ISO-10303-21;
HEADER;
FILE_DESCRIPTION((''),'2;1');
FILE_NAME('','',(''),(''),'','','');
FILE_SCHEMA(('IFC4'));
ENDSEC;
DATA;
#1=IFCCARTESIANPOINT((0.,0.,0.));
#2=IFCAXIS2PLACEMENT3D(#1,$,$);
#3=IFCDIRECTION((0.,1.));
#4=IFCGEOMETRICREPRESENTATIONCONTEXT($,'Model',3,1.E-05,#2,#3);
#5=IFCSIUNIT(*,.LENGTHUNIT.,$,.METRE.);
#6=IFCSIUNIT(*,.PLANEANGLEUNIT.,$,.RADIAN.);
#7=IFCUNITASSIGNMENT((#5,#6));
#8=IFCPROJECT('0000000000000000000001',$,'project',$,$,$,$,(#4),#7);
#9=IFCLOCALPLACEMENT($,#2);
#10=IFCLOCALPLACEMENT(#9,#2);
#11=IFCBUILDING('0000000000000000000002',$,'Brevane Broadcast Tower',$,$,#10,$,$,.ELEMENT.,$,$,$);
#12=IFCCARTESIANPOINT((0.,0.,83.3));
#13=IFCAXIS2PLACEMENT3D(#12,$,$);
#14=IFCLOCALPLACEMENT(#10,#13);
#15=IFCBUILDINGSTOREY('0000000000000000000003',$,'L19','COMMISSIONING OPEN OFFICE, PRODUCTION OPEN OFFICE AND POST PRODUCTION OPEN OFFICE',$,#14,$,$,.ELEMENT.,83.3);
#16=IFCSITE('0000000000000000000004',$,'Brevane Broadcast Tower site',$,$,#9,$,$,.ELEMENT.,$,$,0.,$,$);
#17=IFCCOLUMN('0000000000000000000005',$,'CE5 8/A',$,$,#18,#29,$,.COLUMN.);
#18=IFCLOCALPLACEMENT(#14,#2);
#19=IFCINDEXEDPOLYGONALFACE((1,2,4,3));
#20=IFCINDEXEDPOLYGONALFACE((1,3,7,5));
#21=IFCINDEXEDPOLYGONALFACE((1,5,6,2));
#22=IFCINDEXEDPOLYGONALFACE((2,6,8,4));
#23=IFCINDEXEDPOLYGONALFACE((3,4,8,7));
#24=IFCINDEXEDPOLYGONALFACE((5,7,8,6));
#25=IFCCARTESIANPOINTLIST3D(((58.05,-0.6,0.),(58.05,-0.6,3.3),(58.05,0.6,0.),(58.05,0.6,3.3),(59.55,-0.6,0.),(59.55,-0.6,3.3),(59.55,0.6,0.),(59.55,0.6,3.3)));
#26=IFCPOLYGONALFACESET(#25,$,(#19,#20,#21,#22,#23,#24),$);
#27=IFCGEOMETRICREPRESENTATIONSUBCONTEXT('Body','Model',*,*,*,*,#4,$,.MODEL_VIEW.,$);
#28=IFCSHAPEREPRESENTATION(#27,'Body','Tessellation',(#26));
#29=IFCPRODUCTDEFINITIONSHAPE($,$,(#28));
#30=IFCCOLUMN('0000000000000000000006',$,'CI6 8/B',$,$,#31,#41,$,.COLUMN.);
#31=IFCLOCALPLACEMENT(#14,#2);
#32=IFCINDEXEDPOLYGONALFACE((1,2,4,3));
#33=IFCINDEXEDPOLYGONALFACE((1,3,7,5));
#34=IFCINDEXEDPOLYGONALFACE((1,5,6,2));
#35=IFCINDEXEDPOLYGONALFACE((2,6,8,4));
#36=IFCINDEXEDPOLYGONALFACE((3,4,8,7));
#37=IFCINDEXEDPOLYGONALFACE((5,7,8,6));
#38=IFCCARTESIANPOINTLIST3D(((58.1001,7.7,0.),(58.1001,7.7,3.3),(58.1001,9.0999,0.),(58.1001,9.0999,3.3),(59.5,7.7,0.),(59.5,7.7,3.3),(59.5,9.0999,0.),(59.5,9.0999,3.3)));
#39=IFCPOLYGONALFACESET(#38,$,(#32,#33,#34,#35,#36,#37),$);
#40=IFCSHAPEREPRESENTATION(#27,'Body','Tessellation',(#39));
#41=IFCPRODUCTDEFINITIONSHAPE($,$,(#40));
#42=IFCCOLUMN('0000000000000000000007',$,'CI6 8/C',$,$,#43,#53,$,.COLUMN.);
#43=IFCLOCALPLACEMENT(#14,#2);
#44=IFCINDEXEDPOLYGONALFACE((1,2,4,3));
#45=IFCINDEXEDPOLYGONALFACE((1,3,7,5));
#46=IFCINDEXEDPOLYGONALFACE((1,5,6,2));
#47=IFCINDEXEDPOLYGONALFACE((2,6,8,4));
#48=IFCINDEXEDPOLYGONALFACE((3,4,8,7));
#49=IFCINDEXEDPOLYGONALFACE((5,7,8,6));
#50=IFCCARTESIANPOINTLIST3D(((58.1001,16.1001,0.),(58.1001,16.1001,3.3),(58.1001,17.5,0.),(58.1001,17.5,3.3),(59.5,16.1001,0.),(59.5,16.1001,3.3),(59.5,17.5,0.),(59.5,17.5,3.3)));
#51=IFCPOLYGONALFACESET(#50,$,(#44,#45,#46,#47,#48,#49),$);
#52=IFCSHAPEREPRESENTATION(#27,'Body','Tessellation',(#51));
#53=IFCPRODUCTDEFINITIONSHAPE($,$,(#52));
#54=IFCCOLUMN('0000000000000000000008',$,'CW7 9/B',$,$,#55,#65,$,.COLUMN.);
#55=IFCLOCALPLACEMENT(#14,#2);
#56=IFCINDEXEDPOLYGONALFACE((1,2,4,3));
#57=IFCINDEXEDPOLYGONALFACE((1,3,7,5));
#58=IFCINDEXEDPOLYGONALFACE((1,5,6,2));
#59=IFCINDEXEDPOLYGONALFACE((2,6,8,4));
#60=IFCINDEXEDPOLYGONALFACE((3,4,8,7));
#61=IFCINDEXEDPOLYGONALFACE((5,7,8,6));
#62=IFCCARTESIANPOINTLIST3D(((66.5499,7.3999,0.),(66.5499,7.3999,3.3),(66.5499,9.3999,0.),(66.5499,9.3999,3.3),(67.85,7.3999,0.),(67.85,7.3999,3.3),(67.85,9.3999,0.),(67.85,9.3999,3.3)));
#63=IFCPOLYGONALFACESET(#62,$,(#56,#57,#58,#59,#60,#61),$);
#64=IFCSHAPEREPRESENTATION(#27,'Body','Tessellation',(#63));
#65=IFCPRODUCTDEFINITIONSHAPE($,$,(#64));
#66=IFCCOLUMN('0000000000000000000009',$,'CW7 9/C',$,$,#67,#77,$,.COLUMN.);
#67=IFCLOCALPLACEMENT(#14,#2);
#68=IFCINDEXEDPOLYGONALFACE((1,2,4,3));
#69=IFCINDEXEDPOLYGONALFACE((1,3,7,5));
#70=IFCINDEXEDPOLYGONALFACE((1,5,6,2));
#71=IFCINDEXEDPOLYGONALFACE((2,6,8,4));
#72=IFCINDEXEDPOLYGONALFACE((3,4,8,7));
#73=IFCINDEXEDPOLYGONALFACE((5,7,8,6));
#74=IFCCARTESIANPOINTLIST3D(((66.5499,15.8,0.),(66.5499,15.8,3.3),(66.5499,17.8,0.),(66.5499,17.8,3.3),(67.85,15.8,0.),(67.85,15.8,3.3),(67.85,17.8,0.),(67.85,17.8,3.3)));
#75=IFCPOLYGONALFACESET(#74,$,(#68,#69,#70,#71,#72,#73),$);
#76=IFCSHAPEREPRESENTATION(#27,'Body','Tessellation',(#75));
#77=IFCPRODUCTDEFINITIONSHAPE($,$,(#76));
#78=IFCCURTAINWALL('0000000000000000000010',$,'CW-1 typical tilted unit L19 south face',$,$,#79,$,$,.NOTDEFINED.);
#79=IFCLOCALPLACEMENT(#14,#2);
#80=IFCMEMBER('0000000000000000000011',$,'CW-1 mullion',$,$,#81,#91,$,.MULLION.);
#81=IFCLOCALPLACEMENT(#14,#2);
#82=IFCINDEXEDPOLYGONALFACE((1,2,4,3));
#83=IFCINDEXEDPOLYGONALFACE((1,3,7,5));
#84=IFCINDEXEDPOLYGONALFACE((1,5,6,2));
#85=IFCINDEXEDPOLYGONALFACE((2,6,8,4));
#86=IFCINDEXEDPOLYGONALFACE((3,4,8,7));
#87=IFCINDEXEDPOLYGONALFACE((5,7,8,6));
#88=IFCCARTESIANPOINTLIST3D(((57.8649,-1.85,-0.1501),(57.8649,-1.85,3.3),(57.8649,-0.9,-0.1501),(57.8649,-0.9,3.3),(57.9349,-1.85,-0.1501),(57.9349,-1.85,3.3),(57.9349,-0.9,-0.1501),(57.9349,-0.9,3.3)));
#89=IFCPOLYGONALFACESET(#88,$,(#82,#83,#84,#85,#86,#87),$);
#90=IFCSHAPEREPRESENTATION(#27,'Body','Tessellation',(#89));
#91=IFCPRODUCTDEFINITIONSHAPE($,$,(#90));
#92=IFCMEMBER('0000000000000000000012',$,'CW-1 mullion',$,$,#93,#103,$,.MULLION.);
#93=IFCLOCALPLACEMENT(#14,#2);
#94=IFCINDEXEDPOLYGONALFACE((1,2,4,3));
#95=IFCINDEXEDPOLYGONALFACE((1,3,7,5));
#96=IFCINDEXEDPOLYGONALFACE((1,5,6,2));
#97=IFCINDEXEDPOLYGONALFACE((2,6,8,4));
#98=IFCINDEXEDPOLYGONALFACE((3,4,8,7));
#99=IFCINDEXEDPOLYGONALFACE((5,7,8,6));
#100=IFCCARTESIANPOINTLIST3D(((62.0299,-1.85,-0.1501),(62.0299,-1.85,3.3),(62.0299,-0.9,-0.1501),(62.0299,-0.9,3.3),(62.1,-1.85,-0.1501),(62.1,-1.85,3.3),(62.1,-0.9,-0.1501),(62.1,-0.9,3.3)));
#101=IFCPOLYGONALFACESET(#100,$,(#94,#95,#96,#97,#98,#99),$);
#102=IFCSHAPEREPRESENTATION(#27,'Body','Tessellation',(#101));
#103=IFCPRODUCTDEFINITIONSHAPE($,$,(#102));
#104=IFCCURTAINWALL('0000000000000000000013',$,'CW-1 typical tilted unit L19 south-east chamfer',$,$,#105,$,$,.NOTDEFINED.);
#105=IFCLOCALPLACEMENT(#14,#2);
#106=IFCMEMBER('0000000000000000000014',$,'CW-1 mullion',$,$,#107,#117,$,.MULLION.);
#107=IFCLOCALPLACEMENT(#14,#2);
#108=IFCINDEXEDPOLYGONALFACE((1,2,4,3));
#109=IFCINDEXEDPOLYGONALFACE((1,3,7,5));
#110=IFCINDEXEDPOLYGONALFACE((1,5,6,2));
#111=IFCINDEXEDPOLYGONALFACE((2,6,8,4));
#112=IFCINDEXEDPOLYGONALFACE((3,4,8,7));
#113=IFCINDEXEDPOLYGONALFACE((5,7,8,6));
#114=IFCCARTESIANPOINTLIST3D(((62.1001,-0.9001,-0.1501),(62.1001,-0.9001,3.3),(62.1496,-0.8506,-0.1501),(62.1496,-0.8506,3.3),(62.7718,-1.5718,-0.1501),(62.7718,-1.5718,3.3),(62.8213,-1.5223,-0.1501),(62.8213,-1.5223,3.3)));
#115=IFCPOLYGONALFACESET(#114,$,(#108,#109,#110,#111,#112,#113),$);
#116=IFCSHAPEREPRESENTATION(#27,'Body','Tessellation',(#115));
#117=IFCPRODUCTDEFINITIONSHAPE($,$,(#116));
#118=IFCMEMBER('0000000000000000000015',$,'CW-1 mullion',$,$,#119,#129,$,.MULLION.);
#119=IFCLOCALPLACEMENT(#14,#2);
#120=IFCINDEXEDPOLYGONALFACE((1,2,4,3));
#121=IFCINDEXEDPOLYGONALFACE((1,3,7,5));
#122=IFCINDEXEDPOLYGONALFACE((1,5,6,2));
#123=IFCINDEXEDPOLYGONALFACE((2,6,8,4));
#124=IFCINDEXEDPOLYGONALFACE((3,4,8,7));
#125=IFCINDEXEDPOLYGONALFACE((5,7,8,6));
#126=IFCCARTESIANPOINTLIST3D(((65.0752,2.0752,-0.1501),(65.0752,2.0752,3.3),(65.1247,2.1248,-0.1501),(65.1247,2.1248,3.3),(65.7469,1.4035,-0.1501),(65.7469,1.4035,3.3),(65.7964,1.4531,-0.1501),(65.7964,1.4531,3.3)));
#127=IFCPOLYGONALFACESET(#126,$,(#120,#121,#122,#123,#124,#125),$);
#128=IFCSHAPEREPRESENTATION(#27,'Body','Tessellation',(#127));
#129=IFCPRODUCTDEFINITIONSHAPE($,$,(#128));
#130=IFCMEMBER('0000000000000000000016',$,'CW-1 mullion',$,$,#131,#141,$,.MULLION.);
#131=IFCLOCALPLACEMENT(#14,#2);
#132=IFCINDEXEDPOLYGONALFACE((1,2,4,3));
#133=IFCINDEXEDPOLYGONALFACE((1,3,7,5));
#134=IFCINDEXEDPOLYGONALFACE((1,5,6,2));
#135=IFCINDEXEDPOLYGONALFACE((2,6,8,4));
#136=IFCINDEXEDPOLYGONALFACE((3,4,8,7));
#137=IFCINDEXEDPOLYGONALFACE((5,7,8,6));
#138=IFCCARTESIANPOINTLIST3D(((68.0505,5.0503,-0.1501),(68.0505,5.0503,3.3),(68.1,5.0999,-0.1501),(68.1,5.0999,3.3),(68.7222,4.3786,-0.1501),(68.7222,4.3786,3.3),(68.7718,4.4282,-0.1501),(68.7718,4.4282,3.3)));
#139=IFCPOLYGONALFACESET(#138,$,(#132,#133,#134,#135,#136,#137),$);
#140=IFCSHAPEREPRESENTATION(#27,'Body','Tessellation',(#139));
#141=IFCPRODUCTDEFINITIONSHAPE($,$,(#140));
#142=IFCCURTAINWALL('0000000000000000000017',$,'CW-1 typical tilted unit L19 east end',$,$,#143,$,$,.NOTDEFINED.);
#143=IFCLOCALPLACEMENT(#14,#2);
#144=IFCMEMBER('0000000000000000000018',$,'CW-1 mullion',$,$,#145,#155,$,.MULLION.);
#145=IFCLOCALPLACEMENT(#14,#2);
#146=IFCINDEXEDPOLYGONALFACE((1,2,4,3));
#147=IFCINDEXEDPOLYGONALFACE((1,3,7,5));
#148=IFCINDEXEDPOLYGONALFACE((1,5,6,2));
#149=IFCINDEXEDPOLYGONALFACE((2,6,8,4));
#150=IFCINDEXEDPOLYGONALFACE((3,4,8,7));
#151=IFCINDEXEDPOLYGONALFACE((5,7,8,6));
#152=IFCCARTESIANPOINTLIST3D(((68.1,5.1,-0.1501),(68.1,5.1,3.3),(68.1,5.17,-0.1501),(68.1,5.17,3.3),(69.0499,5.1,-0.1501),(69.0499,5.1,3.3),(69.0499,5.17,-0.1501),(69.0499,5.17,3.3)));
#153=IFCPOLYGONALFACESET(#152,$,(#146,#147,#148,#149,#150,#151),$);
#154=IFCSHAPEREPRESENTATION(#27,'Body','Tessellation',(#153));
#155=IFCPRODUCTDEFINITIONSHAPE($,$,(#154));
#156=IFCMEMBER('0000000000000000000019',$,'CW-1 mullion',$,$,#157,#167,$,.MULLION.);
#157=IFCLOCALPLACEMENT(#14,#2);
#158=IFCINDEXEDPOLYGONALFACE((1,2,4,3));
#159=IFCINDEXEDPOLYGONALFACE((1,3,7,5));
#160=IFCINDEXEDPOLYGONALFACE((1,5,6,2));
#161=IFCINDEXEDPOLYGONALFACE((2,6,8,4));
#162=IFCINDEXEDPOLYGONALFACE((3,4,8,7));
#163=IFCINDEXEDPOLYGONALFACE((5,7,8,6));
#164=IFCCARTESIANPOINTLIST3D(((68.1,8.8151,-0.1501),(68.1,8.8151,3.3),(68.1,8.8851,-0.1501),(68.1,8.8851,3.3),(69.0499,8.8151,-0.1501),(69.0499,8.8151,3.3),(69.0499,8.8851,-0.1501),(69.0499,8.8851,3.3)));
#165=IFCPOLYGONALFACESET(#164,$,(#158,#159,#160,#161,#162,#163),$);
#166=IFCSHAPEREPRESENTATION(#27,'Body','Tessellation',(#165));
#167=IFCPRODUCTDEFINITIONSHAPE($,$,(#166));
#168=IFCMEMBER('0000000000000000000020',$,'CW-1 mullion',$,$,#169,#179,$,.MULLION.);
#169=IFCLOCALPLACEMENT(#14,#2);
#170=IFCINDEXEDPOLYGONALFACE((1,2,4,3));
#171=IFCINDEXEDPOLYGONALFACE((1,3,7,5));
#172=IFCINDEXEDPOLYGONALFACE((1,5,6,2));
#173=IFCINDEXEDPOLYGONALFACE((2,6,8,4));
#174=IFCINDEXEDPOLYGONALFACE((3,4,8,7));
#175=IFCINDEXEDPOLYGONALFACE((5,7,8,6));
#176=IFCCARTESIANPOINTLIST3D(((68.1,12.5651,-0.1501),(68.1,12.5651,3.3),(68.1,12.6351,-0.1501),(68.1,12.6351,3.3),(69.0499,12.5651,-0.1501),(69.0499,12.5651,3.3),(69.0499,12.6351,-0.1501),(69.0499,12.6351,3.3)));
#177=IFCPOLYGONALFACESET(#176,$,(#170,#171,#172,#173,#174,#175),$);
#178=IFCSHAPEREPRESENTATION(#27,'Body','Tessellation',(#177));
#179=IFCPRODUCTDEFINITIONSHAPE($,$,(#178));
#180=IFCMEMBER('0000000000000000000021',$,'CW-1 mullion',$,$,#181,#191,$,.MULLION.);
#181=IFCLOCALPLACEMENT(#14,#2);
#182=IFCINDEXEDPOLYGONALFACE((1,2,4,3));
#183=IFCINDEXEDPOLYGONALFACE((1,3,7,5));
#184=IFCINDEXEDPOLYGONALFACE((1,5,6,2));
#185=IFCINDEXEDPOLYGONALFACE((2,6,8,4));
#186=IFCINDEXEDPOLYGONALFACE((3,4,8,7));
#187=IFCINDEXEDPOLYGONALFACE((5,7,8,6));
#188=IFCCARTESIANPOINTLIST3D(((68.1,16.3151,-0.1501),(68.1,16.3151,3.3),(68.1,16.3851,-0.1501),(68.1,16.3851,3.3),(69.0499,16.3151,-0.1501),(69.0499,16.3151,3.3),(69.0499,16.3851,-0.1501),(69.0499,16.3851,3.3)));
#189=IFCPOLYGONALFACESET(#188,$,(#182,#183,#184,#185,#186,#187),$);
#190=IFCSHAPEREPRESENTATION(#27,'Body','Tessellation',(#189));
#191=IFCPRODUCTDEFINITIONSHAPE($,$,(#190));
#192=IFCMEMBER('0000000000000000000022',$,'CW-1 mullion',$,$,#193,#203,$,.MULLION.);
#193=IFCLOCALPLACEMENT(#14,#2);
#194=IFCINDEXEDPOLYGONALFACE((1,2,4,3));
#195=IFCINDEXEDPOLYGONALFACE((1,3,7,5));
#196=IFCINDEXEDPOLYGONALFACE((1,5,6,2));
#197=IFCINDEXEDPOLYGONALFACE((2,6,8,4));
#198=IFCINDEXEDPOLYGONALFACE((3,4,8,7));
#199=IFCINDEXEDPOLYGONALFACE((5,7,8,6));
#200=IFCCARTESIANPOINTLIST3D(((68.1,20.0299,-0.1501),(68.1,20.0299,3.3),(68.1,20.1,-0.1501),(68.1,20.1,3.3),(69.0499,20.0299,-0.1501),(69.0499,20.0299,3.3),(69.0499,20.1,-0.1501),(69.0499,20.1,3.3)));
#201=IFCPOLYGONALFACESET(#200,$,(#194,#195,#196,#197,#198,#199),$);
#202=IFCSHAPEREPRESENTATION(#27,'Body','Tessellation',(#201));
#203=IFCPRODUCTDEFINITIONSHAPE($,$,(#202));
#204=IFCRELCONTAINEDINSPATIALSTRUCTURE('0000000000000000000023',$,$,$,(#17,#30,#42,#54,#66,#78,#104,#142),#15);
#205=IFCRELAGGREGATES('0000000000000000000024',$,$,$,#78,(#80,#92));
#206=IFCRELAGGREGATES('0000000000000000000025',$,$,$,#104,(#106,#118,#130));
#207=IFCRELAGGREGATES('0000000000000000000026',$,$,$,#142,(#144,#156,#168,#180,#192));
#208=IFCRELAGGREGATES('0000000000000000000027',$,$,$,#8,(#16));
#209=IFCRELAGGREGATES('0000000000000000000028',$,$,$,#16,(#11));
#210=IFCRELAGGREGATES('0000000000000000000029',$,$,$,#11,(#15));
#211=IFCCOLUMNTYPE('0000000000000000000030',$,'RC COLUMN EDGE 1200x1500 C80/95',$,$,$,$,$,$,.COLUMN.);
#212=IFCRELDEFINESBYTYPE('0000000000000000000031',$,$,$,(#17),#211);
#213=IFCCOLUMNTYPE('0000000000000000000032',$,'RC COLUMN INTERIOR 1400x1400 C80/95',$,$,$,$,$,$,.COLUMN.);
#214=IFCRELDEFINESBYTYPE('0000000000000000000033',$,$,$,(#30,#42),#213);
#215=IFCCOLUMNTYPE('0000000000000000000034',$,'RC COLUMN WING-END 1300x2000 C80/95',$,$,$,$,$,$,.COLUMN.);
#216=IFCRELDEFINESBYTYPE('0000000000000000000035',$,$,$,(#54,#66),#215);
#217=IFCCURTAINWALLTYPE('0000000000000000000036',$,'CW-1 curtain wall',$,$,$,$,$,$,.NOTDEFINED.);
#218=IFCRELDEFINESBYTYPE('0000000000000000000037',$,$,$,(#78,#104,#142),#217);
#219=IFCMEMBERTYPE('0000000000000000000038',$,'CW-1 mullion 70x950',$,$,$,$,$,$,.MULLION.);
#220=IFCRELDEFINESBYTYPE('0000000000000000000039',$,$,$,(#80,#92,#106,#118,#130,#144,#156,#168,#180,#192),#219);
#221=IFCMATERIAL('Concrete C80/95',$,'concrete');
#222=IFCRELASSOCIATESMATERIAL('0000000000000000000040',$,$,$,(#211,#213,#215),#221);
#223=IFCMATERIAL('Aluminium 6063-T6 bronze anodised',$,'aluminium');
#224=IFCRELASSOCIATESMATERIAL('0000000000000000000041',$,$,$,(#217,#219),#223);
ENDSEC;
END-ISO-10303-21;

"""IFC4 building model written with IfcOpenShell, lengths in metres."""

from ifc_helpers import new_model, si_unit, direction, frame, origin, origin_2d, place, context, subcontext, project, spatial, rectangle, extrude, material, material_profile, profile_set, type_object, element, aggregate, save


model = new_model("IFC4")

# Units and contexts
model_context = context("Model", 3, precision=1e-05, world=origin(), true_north=direction((0.0, 1.0)))
body_context = subcontext(model_context, "Body", "Model", "MODEL_VIEW")
ifc_project = project(units=[si_unit("LENGTHUNIT", "METRE"), si_unit("PLANEANGLEUNIT", "RADIAN")], contexts=[model_context])

# Site, building, storey
site_placement = place(None, origin())
site = spatial("IfcSite", under=ifc_project, at=site_placement, Name="Brevane Broadcast Tower site", CompositionType="ELEMENT", RefElevation=0.0)
building_placement = place(site_placement, origin())
building = spatial("IfcBuilding", under=site, at=building_placement, Name="Brevane Broadcast Tower", CompositionType="ELEMENT")
storey_placement = place(building_placement, frame((0.0, 0.0, 83.3)))
storey = spatial("IfcBuildingStorey", under=building, at=storey_placement, Name="L19", Description="COMMISSIONING OPEN OFFICE, PRODUCTION OPEN OFFICE AND POST PRODUCTION OPEN OFFICE", CompositionType="ELEMENT", Elevation=83.3)

# Columns
ifc_material_1 = material(Name="Concrete C80/95", Category="concrete")
ifc_material_profile_1 = material_profile(ifc_material_1, rectangle(XDim=1.2, YDim=1.5, at=origin_2d()), Name="RC 1200x1500")
ifc_profile_set_1 = profile_set([ifc_material_profile_1], Name="Concrete C80/95")
column_type_1 = type_object("IfcColumnType", Name="RC COLUMN EDGE 1200x1500 C80/95", PredefinedType="COLUMN", material=ifc_profile_set_1)
column_placement = place(storey_placement, frame((58.8, 0.0, 0.0), z_axis=(0.0, 0.0, 1.0), x_axis=(0.0, 1.0, 0.0)))
element("IfcColumn", 1, at=column_placement, inside=storey, type_object=column_type_1, Name="CE5 8/A", PredefinedType="COLUMN", context=body_context, shape_type="SweptSolid", body=[
    extrude(rectangle(XDim=1.2, YDim=1.5, at=origin_2d()), origin(), (0.0, 0.0, 1.0), 3.3),
])
ifc_material_profile_2 = material_profile(ifc_material_1, rectangle(XDim=1.3999, YDim=1.3999, at=origin_2d()), Name="RC 1400x1400")
ifc_profile_set_2 = profile_set([ifc_material_profile_2], Name="Concrete C80/95")
column_type_2 = type_object("IfcColumnType", Name="RC COLUMN INTERIOR 1400x1400 C80/95", PredefinedType="COLUMN", material=ifc_profile_set_2)
for number, where, z_axis, x_axis, name in (
    (2, (58.8, 8.3999, 0.0), (0.0, 0.0, 1.0), (1.0, 0.0, 0.0), "CI6 8/B"),
    (3, (58.8, 16.8, 0.0), (0.0, 0.0, 1.0), (1.0, 0.0, 0.0), "CI6 8/C"),
):
    element("IfcColumn", number, at=place(storey_placement, frame(where, z_axis=z_axis, x_axis=x_axis)), inside=storey, type_object=column_type_2, Name=name, PredefinedType="COLUMN", context=body_context, shape_type="SweptSolid", body=[
        extrude(rectangle(XDim=1.3999, YDim=1.3999, at=origin_2d()), origin(), (0.0, 0.0, 1.0), 3.3),
    ])
ifc_material_profile_3 = material_profile(ifc_material_1, rectangle(XDim=1.3, YDim=2.0, at=origin_2d()), Name="RC 1300x2000")
ifc_profile_set_3 = profile_set([ifc_material_profile_3], Name="Concrete C80/95")
column_type_3 = type_object("IfcColumnType", Name="RC COLUMN WING-END 1300x2000 C80/95", PredefinedType="COLUMN", material=ifc_profile_set_3)
for number, where, z_axis, x_axis, name in (
    (4, (67.2, 8.3999, 0.0), (0.0, 0.0, 1.0), (1.0, 0.0, 0.0), "CW7 9/B"),
    (5, (67.2, 16.8, 0.0), (0.0, 0.0, 1.0), (1.0, 0.0, 0.0), "CW7 9/C"),
):
    element("IfcColumn", number, at=place(storey_placement, frame(where, z_axis=z_axis, x_axis=x_axis)), inside=storey, type_object=column_type_3, Name=name, PredefinedType="COLUMN", context=body_context, shape_type="SweptSolid", body=[
        extrude(rectangle(XDim=1.3, YDim=2.0, at=origin_2d()), origin(), (0.0, 0.0, 1.0), 3.3),
    ])

# Curtain walls, members
ifc_material_2 = material(Name="Aluminium 6063-T6 bronze anodised", Category="aluminium")
curtain_wall_type = type_object("IfcCurtainWallType", Name="CW-1 curtain wall", PredefinedType="NOTDEFINED", material=ifc_material_2)
curtain_wall_1_placement = place(storey_placement, origin())
curtain_wall_1 = element("IfcCurtainWall", 6, at=curtain_wall_1_placement, inside=storey, type_object=curtain_wall_type, Name="CW-1 typical tilted unit L19 south face", PredefinedType="NOTDEFINED")
ifc_material_profile_4 = material_profile(ifc_material_2, rectangle(XDim=0.95, YDim=0.0701, at=origin_2d()), Name="RECT 70x950")
ifc_profile_set_4 = profile_set([ifc_material_profile_4], Name="Aluminium 6063-T6 bronze anodised")
member_type_1 = type_object("IfcMemberType", Name="CW-1 mullion 70x950", PredefinedType="MULLION", material=ifc_profile_set_4)
member_1_placement = place(storey_placement, frame((57.8999, -1.375, -0.1501), z_axis=(0.0, 0.0, 1.0), x_axis=(0.0, 1.0, 0.0)))
member_1 = element("IfcMember", 7, at=member_1_placement, type_object=member_type_1, Name="CW-1 mullion", PredefinedType="MULLION", context=body_context, shape_type="SweptSolid", body=[
    extrude(rectangle(XDim=0.95, YDim=0.0701, at=origin_2d()), origin(), (0.0, 0.0, 1.0), 3.4502),
])
member_2_placement = place(storey_placement, frame((62.0649, -1.375, -0.1501), z_axis=(0.0, 0.0, 1.0), x_axis=(0.0, 1.0, 0.0)))
member_2 = element("IfcMember", 8, at=member_2_placement, type_object=member_type_1, Name="CW-1 mullion", PredefinedType="MULLION", context=body_context, shape_type="SweptSolid", body=[
    extrude(rectangle(XDim=0.95, YDim=0.0701, at=origin_2d()), origin(), (0.0, 0.0, 1.0), 3.4502),
])
aggregate(curtain_wall_1, [member_1, member_2])
curtain_wall_2_placement = place(storey_placement, origin())
curtain_wall_2 = element("IfcCurtainWall", 9, at=curtain_wall_2_placement, inside=storey, type_object=curtain_wall_type, Name="CW-1 typical tilted unit L19 south-east chamfer", PredefinedType="NOTDEFINED")
member_3_placement = place(storey_placement, frame((62.4607, -1.2112, -0.1501), z_axis=(0.0, 0.0, 1.0), x_axis=(-0.707107, 0.707107, 0.0)))
member_3 = element("IfcMember", 10, at=member_3_placement, type_object=member_type_1, Name="CW-1 mullion", PredefinedType="MULLION", context=body_context, shape_type="SweptSolid", body=[
    extrude(rectangle(XDim=0.95, YDim=0.0701, at=origin_2d()), origin(), (0.0, 0.0, 1.0), 3.4502),
])
member_4_placement = place(storey_placement, frame((65.4358, 1.7642, -0.1501), z_axis=(0.0, 0.0, 1.0), x_axis=(-0.707107, 0.707107, 0.0)))
member_4 = element("IfcMember", 11, at=member_4_placement, type_object=member_type_1, Name="CW-1 mullion", PredefinedType="MULLION", context=body_context, shape_type="SweptSolid", body=[
    extrude(rectangle(XDim=0.95, YDim=0.0701, at=origin_2d()), origin(), (0.0, 0.0, 1.0), 3.4502),
])
member_5_placement = place(storey_placement, frame((68.4111, 4.7393, -0.1501), z_axis=(0.0, 0.0, 1.0), x_axis=(-0.707107, 0.707107, 0.0)))
member_5 = element("IfcMember", 12, at=member_5_placement, type_object=member_type_1, Name="CW-1 mullion", PredefinedType="MULLION", context=body_context, shape_type="SweptSolid", body=[
    extrude(rectangle(XDim=0.95, YDim=0.0701, at=origin_2d()), origin(), (0.0, 0.0, 1.0), 3.4502),
])
curtain_wall_3_placement = place(storey_placement, origin())
curtain_wall_3 = element("IfcCurtainWall", 13, at=curtain_wall_3_placement, inside=storey, type_object=curtain_wall_type, Name="CW-1 typical tilted unit L19 east end", PredefinedType="NOTDEFINED")
member_6_placement = place(storey_placement, frame((68.575, 5.135, -0.1501), z_axis=(0.0, 0.0, 1.0), x_axis=(-1.0, 0.0, 0.0)))
member_6 = element("IfcMember", 14, at=member_6_placement, type_object=member_type_1, Name="CW-1 mullion", PredefinedType="MULLION", context=body_context, shape_type="SweptSolid", body=[
    extrude(rectangle(XDim=0.95, YDim=0.0701, at=origin_2d()), origin(), (0.0, 0.0, 1.0), 3.4502),
])
member_7_placement = place(storey_placement, frame((68.575, 8.8501, -0.1501), z_axis=(0.0, 0.0, 1.0), x_axis=(-1.0, 0.0, 0.0)))
member_7 = element("IfcMember", 15, at=member_7_placement, type_object=member_type_1, Name="CW-1 mullion", PredefinedType="MULLION", context=body_context, shape_type="SweptSolid", body=[
    extrude(rectangle(XDim=0.95, YDim=0.0701, at=origin_2d()), origin(), (0.0, 0.0, 1.0), 3.4502),
])
member_8_placement = place(storey_placement, frame((68.575, 12.6001, -0.1501), z_axis=(0.0, 0.0, 1.0), x_axis=(-1.0, 0.0, 0.0)))
member_8 = element("IfcMember", 16, at=member_8_placement, type_object=member_type_1, Name="CW-1 mullion", PredefinedType="MULLION", context=body_context, shape_type="SweptSolid", body=[
    extrude(rectangle(XDim=0.95, YDim=0.0701, at=origin_2d()), origin(), (0.0, 0.0, 1.0), 3.4502),
])
member_9_placement = place(storey_placement, frame((68.575, 16.3501, -0.1501), z_axis=(0.0, 0.0, 1.0), x_axis=(-1.0, 0.0, 0.0)))
member_9 = element("IfcMember", 17, at=member_9_placement, type_object=member_type_1, Name="CW-1 mullion", PredefinedType="MULLION", context=body_context, shape_type="SweptSolid", body=[
    extrude(rectangle(XDim=0.95, YDim=0.0701, at=origin_2d()), origin(), (0.0, 0.0, 1.0), 3.4502),
])
member_10_placement = place(storey_placement, frame((68.575, 20.0649, -0.1501), z_axis=(0.0, 0.0, 1.0), x_axis=(-1.0, 0.0, 0.0)))
member_10 = element("IfcMember", 18, at=member_10_placement, type_object=member_type_1, Name="CW-1 mullion", PredefinedType="MULLION", context=body_context, shape_type="SweptSolid", body=[
    extrude(rectangle(XDim=0.95, YDim=0.0701, at=origin_2d()), origin(), (0.0, 0.0, 1.0), 3.4502),
])

aggregate(curtain_wall_2, [member_3, member_4, member_5])
aggregate(curtain_wall_3, [member_6, member_7, member_8, member_9, member_10])

save(model, "model.ifc")
